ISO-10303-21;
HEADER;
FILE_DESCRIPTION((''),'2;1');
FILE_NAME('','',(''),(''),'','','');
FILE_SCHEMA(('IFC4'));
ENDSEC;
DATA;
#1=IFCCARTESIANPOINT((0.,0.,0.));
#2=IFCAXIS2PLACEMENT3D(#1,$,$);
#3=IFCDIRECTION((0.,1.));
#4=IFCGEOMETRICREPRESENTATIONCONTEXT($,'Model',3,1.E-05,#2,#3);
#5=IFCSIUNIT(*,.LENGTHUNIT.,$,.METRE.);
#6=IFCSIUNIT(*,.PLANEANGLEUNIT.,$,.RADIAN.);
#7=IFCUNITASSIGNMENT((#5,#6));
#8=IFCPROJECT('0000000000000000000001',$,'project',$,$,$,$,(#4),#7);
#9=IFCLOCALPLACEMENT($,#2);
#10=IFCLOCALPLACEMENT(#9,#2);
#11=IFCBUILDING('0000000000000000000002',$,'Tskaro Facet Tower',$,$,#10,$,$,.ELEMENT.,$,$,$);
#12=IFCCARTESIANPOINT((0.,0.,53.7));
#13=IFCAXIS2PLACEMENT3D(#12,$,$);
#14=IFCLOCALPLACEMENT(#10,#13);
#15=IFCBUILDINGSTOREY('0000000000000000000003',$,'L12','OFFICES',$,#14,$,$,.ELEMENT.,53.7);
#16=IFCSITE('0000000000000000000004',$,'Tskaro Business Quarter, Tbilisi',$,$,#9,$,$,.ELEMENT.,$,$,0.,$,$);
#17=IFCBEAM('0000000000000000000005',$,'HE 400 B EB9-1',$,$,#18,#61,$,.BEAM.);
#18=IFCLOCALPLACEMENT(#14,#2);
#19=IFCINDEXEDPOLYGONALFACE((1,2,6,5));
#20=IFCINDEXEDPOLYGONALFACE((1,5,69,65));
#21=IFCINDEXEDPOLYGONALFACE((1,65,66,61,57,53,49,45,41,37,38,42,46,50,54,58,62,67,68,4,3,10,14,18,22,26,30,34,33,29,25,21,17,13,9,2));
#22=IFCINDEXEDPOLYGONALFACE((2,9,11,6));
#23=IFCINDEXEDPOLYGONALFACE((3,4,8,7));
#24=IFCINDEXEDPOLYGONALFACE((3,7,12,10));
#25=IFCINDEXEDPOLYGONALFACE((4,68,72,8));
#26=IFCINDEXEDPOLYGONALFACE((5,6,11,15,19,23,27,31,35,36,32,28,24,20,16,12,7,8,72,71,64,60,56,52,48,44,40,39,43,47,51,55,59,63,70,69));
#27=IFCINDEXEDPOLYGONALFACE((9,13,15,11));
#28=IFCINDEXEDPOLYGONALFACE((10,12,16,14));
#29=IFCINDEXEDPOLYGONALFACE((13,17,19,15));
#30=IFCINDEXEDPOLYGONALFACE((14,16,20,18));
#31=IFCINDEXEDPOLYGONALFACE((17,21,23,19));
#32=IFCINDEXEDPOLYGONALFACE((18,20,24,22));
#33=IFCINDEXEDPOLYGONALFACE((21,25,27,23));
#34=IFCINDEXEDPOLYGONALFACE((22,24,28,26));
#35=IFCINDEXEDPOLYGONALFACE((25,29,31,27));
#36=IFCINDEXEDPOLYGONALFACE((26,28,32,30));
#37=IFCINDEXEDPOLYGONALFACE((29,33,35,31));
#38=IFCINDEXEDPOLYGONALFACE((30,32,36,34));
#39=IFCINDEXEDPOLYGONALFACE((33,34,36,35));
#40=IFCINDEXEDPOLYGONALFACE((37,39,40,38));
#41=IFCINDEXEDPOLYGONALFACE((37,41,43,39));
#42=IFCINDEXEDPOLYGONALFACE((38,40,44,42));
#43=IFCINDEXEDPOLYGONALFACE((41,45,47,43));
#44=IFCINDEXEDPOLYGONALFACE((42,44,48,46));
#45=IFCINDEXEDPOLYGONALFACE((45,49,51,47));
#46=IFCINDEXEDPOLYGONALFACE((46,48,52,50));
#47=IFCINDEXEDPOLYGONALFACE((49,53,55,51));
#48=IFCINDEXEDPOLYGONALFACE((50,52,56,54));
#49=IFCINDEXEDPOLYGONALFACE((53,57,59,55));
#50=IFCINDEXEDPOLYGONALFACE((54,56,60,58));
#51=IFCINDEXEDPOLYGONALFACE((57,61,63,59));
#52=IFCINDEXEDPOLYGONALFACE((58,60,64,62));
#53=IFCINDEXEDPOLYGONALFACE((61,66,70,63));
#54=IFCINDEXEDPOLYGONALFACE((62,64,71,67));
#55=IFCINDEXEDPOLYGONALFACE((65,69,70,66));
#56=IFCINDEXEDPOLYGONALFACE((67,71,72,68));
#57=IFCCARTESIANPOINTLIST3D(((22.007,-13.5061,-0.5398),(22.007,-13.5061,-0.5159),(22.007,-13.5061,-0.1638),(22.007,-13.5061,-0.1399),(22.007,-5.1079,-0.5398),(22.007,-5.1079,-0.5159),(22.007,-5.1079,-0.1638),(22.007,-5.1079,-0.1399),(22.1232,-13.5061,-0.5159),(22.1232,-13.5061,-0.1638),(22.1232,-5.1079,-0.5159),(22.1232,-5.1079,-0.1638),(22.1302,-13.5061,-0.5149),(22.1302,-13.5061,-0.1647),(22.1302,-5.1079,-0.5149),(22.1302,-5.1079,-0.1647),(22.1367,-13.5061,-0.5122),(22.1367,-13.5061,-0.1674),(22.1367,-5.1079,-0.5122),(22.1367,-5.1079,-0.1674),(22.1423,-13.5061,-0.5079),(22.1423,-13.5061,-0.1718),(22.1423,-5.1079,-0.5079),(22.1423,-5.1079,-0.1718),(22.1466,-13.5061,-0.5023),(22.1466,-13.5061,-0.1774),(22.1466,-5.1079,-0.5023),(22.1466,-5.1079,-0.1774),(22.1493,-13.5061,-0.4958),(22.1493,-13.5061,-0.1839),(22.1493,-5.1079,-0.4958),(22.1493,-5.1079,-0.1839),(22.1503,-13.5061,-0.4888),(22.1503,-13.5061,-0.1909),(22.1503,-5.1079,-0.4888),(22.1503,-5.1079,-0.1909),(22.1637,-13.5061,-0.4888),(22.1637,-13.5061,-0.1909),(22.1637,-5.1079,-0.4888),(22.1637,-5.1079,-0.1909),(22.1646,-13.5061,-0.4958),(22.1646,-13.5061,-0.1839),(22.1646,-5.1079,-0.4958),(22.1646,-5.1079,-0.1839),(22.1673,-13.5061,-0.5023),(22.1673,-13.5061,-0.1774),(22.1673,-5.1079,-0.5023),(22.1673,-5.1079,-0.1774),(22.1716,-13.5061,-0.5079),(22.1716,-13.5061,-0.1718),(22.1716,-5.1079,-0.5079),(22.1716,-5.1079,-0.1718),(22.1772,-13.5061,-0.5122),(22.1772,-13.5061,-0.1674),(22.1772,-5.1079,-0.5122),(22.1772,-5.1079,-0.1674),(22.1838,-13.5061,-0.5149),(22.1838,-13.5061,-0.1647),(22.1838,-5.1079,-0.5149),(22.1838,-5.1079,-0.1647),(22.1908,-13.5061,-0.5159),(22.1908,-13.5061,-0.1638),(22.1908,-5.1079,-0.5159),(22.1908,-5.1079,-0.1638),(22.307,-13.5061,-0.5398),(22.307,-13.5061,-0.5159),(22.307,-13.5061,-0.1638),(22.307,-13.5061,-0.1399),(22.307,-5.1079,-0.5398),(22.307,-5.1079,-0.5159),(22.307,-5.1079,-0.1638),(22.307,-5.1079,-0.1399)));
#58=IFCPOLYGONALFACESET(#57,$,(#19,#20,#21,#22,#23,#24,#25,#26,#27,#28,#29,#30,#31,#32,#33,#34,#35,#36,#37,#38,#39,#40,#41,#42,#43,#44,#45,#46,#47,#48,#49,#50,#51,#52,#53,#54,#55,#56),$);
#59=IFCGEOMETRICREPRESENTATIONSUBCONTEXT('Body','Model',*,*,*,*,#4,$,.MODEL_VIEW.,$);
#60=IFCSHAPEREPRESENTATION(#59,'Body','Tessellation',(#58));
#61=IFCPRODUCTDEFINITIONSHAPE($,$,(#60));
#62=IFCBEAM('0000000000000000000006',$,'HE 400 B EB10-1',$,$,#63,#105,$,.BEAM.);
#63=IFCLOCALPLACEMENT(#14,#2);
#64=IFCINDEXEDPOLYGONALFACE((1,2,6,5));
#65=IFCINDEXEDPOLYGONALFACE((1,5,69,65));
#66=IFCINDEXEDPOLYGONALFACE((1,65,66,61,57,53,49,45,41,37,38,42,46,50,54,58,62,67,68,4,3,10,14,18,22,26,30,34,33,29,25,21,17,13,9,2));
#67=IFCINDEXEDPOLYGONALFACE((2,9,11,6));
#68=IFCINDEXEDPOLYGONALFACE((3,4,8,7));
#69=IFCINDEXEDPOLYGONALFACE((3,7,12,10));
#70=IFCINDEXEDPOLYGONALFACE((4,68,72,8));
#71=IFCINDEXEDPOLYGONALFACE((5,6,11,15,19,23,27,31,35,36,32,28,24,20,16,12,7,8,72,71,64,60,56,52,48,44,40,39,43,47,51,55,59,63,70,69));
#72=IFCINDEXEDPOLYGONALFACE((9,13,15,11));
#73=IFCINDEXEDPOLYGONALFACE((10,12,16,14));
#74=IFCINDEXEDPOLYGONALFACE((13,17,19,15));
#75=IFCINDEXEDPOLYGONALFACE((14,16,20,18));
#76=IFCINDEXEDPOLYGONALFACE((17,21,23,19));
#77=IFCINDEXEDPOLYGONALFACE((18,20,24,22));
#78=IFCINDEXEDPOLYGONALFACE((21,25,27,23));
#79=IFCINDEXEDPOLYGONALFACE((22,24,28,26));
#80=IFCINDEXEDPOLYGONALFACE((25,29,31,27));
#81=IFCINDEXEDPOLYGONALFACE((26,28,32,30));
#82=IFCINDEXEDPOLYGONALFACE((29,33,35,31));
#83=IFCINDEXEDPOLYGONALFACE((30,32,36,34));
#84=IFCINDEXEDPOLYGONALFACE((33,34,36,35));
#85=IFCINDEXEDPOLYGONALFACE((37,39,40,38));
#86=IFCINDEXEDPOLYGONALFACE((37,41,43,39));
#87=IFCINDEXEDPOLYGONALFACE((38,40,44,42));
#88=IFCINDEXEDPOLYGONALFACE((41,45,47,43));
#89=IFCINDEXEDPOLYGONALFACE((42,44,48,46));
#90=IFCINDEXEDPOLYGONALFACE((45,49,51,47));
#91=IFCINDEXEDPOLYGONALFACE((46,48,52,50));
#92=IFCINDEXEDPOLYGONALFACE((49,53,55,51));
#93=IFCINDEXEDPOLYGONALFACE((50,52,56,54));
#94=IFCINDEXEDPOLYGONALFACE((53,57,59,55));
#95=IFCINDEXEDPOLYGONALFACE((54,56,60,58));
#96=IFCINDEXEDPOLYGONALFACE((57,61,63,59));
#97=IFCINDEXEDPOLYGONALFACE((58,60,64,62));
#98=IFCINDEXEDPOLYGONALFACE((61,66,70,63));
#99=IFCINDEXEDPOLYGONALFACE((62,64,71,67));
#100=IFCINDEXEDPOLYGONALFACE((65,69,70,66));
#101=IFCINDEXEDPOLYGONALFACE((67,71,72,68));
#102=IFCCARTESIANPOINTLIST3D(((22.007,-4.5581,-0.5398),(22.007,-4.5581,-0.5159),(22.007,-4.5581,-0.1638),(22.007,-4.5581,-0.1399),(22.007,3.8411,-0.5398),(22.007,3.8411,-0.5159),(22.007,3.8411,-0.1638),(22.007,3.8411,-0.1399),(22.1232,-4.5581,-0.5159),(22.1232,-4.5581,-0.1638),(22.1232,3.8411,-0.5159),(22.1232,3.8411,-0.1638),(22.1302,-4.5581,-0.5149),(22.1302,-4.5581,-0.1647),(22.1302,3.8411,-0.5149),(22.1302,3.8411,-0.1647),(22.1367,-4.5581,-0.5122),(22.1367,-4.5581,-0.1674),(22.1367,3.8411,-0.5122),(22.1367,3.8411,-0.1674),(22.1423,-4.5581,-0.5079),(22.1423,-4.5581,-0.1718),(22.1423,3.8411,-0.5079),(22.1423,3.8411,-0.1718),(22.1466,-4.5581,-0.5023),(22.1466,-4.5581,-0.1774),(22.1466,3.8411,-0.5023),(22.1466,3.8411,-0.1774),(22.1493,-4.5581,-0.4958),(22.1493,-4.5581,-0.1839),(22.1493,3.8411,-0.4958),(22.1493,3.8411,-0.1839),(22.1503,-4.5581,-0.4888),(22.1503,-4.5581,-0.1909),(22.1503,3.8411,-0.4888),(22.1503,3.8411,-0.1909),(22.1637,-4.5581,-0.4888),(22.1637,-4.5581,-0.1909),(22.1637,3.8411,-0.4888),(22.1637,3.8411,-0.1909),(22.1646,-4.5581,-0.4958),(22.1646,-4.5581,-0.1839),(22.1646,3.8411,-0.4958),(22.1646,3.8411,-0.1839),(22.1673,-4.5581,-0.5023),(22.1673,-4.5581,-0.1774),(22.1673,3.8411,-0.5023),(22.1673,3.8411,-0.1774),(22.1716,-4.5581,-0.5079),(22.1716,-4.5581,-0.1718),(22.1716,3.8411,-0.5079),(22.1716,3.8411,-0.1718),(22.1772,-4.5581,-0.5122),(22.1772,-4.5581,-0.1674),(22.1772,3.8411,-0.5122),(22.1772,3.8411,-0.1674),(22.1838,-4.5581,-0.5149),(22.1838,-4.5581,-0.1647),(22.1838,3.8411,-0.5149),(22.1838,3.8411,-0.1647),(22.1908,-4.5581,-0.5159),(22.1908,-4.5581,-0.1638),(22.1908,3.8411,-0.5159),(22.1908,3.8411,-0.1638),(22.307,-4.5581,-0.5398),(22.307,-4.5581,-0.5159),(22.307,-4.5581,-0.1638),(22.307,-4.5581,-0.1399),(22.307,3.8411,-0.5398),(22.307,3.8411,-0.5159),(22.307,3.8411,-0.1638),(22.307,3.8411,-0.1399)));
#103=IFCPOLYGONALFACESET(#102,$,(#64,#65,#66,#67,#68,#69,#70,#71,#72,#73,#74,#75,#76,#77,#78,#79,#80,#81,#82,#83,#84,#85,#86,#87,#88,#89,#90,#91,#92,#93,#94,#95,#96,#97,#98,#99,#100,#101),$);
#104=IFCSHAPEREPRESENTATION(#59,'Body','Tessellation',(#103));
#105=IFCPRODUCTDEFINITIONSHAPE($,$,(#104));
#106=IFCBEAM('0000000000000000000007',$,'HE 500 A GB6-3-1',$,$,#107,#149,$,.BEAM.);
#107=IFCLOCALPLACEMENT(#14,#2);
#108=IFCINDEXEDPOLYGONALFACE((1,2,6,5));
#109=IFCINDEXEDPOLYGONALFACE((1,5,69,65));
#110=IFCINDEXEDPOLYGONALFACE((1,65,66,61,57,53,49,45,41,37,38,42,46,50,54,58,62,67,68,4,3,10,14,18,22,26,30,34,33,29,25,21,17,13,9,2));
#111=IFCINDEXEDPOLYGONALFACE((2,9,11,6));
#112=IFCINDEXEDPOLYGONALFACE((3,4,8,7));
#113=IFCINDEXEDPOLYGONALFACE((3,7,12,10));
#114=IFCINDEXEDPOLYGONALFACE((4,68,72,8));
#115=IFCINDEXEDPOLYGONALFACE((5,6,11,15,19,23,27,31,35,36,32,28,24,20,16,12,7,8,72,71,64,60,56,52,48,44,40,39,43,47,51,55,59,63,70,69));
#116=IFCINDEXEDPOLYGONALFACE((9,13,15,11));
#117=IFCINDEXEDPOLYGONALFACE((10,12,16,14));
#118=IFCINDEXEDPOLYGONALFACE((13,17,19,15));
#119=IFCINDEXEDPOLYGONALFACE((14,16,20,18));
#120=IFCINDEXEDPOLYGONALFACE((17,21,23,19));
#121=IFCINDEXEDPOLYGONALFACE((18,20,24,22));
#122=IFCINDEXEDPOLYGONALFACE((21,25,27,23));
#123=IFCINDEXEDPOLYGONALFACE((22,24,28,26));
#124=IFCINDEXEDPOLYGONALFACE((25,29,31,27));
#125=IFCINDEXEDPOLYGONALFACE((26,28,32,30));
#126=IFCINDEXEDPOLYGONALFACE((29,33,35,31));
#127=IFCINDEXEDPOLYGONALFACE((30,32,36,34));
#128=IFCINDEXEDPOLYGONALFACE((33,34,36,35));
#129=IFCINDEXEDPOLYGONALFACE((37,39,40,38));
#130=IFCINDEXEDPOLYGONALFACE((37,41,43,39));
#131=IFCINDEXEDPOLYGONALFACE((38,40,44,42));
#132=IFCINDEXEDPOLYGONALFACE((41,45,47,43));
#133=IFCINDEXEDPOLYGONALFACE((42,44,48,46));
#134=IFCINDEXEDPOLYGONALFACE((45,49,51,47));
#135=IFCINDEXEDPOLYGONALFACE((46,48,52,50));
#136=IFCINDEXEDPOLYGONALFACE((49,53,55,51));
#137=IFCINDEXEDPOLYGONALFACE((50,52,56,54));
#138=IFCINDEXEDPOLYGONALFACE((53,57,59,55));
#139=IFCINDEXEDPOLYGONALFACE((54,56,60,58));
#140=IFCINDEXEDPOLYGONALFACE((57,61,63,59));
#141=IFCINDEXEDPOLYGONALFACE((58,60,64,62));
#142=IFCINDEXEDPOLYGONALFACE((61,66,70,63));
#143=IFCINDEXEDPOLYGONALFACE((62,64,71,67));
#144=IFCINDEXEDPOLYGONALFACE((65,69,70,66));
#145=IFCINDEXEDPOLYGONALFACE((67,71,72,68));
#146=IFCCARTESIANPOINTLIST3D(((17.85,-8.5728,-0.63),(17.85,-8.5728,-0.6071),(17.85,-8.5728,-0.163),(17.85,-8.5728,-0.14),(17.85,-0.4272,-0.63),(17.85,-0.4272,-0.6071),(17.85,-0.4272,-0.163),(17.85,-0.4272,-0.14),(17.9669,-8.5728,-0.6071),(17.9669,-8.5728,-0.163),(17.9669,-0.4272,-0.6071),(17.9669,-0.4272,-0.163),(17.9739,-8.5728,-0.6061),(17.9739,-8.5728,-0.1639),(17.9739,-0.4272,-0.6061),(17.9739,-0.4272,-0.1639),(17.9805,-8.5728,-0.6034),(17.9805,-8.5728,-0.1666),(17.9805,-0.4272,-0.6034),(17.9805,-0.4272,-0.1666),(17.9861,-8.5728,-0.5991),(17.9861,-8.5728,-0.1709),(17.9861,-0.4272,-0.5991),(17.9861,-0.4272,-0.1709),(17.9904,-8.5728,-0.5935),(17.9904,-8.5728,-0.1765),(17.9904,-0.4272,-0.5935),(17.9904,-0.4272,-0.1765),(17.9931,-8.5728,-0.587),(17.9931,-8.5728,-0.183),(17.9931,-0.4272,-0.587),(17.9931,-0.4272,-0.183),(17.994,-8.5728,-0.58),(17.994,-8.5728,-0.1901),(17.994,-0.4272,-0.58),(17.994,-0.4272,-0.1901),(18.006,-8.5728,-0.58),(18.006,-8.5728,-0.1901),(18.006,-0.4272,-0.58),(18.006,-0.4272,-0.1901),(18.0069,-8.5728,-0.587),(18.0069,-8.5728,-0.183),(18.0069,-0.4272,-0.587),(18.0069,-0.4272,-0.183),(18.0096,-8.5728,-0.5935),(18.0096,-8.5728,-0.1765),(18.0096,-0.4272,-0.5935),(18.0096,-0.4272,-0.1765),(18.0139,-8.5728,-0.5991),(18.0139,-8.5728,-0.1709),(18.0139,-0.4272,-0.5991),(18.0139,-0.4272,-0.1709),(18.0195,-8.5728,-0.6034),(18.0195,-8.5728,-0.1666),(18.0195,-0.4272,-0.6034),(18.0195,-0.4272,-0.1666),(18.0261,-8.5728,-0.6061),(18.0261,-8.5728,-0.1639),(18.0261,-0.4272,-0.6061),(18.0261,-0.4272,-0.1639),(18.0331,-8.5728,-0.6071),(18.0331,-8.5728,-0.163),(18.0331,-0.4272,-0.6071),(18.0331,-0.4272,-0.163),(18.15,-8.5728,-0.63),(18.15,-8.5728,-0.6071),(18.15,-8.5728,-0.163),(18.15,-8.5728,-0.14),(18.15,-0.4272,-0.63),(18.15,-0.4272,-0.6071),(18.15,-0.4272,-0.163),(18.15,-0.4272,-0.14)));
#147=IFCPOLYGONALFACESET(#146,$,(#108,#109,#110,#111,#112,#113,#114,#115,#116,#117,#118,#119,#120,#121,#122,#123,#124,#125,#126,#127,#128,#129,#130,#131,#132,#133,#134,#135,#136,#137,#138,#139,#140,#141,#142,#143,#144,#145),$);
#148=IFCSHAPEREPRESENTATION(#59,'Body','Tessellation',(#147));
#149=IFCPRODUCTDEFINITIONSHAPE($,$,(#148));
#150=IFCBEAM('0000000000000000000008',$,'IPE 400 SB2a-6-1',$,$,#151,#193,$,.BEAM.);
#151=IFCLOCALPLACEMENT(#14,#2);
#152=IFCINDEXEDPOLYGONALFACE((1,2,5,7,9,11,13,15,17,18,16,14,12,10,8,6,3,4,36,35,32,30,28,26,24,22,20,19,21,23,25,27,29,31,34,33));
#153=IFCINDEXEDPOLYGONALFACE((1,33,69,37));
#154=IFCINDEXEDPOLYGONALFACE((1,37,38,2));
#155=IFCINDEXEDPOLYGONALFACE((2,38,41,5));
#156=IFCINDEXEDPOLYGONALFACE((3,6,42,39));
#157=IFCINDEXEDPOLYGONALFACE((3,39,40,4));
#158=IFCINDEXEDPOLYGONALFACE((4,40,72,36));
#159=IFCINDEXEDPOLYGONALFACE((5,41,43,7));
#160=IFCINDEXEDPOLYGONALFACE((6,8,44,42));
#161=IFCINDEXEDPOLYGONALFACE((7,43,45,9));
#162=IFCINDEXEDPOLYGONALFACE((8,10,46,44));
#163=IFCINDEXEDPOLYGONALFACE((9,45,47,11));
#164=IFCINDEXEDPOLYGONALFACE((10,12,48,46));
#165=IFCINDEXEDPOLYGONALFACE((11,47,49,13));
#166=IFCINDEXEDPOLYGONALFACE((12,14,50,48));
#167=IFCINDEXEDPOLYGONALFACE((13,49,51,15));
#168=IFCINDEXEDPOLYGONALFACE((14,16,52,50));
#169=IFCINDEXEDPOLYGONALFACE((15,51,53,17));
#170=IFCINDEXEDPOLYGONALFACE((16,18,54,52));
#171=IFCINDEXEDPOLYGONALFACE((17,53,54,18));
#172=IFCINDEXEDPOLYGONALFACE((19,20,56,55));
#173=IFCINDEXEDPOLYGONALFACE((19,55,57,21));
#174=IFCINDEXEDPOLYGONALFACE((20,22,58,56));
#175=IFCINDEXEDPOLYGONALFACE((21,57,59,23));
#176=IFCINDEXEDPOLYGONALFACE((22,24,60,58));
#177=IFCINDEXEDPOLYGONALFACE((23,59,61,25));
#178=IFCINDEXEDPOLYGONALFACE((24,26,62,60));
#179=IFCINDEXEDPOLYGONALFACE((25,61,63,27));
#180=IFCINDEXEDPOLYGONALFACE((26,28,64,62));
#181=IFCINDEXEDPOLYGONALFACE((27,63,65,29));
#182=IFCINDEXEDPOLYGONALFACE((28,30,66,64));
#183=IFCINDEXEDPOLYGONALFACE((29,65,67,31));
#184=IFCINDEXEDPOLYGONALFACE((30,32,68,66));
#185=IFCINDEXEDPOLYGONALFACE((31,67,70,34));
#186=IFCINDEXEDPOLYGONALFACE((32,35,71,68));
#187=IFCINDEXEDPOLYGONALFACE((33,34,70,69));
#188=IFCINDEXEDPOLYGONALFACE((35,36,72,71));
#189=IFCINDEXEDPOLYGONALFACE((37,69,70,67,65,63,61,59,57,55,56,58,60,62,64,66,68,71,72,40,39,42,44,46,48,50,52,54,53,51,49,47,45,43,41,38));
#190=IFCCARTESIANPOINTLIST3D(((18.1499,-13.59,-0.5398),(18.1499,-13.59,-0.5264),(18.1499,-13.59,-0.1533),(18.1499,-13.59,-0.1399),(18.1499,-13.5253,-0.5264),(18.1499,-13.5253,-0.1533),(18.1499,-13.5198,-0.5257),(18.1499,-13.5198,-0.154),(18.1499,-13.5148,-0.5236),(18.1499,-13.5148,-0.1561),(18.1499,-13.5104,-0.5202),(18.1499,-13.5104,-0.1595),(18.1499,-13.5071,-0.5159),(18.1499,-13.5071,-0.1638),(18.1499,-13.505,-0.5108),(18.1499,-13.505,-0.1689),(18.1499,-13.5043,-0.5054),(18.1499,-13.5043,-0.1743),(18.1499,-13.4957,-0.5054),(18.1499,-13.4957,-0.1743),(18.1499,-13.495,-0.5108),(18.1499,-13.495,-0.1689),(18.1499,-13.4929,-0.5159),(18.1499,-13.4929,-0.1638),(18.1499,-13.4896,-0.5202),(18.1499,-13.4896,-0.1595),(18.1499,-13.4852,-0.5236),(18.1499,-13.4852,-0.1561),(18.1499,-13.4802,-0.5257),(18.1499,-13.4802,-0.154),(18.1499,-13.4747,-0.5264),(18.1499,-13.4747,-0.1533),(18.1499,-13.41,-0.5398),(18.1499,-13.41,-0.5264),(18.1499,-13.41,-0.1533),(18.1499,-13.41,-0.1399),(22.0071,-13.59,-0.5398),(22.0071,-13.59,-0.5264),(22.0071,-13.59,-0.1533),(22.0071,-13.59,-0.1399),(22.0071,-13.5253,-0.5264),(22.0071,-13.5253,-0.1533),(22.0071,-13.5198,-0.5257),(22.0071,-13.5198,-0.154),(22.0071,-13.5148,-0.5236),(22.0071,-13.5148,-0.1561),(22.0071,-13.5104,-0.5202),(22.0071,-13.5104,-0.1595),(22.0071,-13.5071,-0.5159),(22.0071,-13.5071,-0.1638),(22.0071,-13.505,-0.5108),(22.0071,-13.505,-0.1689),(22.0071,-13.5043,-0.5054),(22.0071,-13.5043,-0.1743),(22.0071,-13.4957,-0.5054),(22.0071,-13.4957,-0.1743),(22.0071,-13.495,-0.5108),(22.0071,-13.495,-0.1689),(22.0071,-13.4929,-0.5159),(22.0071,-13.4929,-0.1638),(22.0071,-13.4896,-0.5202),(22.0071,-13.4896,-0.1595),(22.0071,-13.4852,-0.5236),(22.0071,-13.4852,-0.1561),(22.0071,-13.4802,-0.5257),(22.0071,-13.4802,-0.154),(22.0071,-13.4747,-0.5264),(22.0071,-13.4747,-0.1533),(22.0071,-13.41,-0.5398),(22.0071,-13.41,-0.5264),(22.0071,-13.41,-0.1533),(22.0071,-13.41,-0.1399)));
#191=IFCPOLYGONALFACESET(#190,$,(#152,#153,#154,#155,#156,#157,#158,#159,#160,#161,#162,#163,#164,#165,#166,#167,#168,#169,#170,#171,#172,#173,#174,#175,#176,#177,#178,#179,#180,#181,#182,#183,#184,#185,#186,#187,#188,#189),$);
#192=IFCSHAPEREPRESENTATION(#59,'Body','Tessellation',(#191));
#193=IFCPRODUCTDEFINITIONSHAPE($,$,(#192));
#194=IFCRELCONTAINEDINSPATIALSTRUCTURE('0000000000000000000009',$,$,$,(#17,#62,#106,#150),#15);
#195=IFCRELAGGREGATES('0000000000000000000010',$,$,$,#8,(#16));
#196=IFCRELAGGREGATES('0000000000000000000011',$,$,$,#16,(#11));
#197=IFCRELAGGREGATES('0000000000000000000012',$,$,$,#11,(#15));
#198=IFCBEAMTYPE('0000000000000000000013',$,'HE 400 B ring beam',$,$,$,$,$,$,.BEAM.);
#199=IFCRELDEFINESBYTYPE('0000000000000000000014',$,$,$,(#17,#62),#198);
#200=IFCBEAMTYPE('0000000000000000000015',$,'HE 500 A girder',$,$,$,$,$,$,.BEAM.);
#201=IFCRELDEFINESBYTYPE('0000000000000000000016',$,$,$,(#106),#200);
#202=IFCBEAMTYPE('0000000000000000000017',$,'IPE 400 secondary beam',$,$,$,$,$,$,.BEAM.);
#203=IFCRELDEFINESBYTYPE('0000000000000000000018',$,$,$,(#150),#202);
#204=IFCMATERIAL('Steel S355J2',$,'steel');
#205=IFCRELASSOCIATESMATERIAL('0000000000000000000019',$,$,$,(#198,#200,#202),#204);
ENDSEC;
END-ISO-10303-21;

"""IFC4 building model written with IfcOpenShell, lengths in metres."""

from ifc_helpers import new_model, si_unit, direction, frame, origin, origin_2d, place, context, subcontext, project, spatial, i_section, extrude, material, material_profile, profile_set, type_object, element, save


model = new_model("IFC4")

# Units and contexts
model_context = context("Model", 3, precision=1e-05, world=origin(), true_north=direction((0.0, 1.0)))
body_context = subcontext(model_context, "Body", "Model", "MODEL_VIEW")
ifc_project = project(units=[si_unit("LENGTHUNIT", "METRE"), si_unit("PLANEANGLEUNIT", "RADIAN")], contexts=[model_context])

# Site, building, storey
site_placement = place(None, origin())
site = spatial("IfcSite", under=ifc_project, at=site_placement, Name="Tskaro Business Quarter, Tbilisi", CompositionType="ELEMENT", RefElevation=0.0)
building_placement = place(site_placement, origin())
building = spatial("IfcBuilding", under=site, at=building_placement, Name="Tskaro Facet Tower", CompositionType="ELEMENT")
storey_placement = place(building_placement, frame((0.0, 0.0, 53.7)))
storey = spatial("IfcBuildingStorey", under=building, at=storey_placement, Name="L12", Description="OFFICES", CompositionType="ELEMENT", Elevation=53.7)

# Beams
ifc_material_1 = material(Name="Steel S355J2", Category="steel")
ifc_material_profile_1 = material_profile(ifc_material_1, i_section(OverallWidth=0.3, OverallDepth=0.3999, WebThickness=0.0134, FlangeThickness=0.0239, FilletRadius=0.0271, at=origin_2d()), Name="HE 400 B")
ifc_profile_set_1 = profile_set([ifc_material_profile_1], Name="Steel S355J2")
beam_type_1 = type_object("IfcBeamType", Name="HE 400 B ring beam", PredefinedType="BEAM", material=ifc_profile_set_1)
beam_1_placement = place(storey_placement, frame((22.157, -13.5061, -0.3398), z_axis=(0.0, 1.0, 0.0), x_axis=(-1.0, 0.0, 0.0)))
element("IfcBeam", 1, at=beam_1_placement, inside=storey, type_object=beam_type_1, Name="HE 400 B EB9-1", PredefinedType="BEAM", context=body_context, shape_type="SweptSolid", body=[
    extrude(i_section(OverallWidth=0.3, OverallDepth=0.3999, WebThickness=0.0134, FlangeThickness=0.0239, FilletRadius=0.0271, at=origin_2d()), origin(), (0.0, 0.0, 1.0), 8.3982),
])
beam_2_placement = place(storey_placement, frame((22.157, -4.5581, -0.3398), z_axis=(0.0, 1.0, 0.0), x_axis=(-1.0, 0.0, 0.0)))
element("IfcBeam", 2, at=beam_2_placement, inside=storey, type_object=beam_type_1, Name="HE 400 B EB10-1", PredefinedType="BEAM", context=body_context, shape_type="SweptSolid", body=[
    extrude(i_section(OverallWidth=0.3, OverallDepth=0.3999, WebThickness=0.0134, FlangeThickness=0.0239, FilletRadius=0.0271, at=origin_2d()), origin(), (0.0, 0.0, 1.0), 8.3992),
])
ifc_material_profile_2 = material_profile(ifc_material_1, i_section(OverallWidth=0.3, OverallDepth=0.49, WebThickness=0.012, FlangeThickness=0.0229, FilletRadius=0.0271, at=origin_2d()), Name="HE 500 A")
ifc_profile_set_2 = profile_set([ifc_material_profile_2], Name="Steel S355J2")
beam_type_2 = type_object("IfcBeamType", Name="HE 500 A girder", PredefinedType="BEAM", material=ifc_profile_set_2)
beam_3_placement = place(storey_placement, frame((18.0, -8.5728, -0.385), z_axis=(0.0, 1.0, 0.0), x_axis=(-1.0, 0.0, 0.0)))
element("IfcBeam", 3, at=beam_3_placement, inside=storey, type_object=beam_type_2, Name="HE 500 A GB6-3-1", PredefinedType="BEAM", context=body_context, shape_type="SweptSolid", body=[
    extrude(i_section(OverallWidth=0.3, OverallDepth=0.49, WebThickness=0.012, FlangeThickness=0.0229, FilletRadius=0.0271, at=origin_2d()), origin(), (0.0, 0.0, 1.0), 8.1455),
])
ifc_material_profile_3 = material_profile(ifc_material_1, i_section(OverallWidth=0.1799, OverallDepth=0.3999, WebThickness=0.0085, FlangeThickness=0.0134, FilletRadius=0.021, at=origin_2d()), Name="IPE 400")
ifc_profile_set_3 = profile_set([ifc_material_profile_3], Name="Steel S355J2")
beam_type_3 = type_object("IfcBeamType", Name="IPE 400 secondary beam", PredefinedType="BEAM", material=ifc_profile_set_3)
beam_4_placement = place(storey_placement, frame((18.1499, -13.5, -0.3398), z_axis=(1.0, 0.0, 0.0), x_axis=(0.0, 1.0, 0.0)))
element("IfcBeam", 4, at=beam_4_placement, inside=storey, type_object=beam_type_3, Name="IPE 400 SB2a-6-1", PredefinedType="BEAM", context=body_context, shape_type="SweptSolid", body=[
    extrude(i_section(OverallWidth=0.1799, OverallDepth=0.3999, WebThickness=0.0085, FlangeThickness=0.0134, FilletRadius=0.021, at=origin_2d()), origin(), (0.0, 0.0, 1.0), 3.8572),
])

save(model, "model.ifc")
